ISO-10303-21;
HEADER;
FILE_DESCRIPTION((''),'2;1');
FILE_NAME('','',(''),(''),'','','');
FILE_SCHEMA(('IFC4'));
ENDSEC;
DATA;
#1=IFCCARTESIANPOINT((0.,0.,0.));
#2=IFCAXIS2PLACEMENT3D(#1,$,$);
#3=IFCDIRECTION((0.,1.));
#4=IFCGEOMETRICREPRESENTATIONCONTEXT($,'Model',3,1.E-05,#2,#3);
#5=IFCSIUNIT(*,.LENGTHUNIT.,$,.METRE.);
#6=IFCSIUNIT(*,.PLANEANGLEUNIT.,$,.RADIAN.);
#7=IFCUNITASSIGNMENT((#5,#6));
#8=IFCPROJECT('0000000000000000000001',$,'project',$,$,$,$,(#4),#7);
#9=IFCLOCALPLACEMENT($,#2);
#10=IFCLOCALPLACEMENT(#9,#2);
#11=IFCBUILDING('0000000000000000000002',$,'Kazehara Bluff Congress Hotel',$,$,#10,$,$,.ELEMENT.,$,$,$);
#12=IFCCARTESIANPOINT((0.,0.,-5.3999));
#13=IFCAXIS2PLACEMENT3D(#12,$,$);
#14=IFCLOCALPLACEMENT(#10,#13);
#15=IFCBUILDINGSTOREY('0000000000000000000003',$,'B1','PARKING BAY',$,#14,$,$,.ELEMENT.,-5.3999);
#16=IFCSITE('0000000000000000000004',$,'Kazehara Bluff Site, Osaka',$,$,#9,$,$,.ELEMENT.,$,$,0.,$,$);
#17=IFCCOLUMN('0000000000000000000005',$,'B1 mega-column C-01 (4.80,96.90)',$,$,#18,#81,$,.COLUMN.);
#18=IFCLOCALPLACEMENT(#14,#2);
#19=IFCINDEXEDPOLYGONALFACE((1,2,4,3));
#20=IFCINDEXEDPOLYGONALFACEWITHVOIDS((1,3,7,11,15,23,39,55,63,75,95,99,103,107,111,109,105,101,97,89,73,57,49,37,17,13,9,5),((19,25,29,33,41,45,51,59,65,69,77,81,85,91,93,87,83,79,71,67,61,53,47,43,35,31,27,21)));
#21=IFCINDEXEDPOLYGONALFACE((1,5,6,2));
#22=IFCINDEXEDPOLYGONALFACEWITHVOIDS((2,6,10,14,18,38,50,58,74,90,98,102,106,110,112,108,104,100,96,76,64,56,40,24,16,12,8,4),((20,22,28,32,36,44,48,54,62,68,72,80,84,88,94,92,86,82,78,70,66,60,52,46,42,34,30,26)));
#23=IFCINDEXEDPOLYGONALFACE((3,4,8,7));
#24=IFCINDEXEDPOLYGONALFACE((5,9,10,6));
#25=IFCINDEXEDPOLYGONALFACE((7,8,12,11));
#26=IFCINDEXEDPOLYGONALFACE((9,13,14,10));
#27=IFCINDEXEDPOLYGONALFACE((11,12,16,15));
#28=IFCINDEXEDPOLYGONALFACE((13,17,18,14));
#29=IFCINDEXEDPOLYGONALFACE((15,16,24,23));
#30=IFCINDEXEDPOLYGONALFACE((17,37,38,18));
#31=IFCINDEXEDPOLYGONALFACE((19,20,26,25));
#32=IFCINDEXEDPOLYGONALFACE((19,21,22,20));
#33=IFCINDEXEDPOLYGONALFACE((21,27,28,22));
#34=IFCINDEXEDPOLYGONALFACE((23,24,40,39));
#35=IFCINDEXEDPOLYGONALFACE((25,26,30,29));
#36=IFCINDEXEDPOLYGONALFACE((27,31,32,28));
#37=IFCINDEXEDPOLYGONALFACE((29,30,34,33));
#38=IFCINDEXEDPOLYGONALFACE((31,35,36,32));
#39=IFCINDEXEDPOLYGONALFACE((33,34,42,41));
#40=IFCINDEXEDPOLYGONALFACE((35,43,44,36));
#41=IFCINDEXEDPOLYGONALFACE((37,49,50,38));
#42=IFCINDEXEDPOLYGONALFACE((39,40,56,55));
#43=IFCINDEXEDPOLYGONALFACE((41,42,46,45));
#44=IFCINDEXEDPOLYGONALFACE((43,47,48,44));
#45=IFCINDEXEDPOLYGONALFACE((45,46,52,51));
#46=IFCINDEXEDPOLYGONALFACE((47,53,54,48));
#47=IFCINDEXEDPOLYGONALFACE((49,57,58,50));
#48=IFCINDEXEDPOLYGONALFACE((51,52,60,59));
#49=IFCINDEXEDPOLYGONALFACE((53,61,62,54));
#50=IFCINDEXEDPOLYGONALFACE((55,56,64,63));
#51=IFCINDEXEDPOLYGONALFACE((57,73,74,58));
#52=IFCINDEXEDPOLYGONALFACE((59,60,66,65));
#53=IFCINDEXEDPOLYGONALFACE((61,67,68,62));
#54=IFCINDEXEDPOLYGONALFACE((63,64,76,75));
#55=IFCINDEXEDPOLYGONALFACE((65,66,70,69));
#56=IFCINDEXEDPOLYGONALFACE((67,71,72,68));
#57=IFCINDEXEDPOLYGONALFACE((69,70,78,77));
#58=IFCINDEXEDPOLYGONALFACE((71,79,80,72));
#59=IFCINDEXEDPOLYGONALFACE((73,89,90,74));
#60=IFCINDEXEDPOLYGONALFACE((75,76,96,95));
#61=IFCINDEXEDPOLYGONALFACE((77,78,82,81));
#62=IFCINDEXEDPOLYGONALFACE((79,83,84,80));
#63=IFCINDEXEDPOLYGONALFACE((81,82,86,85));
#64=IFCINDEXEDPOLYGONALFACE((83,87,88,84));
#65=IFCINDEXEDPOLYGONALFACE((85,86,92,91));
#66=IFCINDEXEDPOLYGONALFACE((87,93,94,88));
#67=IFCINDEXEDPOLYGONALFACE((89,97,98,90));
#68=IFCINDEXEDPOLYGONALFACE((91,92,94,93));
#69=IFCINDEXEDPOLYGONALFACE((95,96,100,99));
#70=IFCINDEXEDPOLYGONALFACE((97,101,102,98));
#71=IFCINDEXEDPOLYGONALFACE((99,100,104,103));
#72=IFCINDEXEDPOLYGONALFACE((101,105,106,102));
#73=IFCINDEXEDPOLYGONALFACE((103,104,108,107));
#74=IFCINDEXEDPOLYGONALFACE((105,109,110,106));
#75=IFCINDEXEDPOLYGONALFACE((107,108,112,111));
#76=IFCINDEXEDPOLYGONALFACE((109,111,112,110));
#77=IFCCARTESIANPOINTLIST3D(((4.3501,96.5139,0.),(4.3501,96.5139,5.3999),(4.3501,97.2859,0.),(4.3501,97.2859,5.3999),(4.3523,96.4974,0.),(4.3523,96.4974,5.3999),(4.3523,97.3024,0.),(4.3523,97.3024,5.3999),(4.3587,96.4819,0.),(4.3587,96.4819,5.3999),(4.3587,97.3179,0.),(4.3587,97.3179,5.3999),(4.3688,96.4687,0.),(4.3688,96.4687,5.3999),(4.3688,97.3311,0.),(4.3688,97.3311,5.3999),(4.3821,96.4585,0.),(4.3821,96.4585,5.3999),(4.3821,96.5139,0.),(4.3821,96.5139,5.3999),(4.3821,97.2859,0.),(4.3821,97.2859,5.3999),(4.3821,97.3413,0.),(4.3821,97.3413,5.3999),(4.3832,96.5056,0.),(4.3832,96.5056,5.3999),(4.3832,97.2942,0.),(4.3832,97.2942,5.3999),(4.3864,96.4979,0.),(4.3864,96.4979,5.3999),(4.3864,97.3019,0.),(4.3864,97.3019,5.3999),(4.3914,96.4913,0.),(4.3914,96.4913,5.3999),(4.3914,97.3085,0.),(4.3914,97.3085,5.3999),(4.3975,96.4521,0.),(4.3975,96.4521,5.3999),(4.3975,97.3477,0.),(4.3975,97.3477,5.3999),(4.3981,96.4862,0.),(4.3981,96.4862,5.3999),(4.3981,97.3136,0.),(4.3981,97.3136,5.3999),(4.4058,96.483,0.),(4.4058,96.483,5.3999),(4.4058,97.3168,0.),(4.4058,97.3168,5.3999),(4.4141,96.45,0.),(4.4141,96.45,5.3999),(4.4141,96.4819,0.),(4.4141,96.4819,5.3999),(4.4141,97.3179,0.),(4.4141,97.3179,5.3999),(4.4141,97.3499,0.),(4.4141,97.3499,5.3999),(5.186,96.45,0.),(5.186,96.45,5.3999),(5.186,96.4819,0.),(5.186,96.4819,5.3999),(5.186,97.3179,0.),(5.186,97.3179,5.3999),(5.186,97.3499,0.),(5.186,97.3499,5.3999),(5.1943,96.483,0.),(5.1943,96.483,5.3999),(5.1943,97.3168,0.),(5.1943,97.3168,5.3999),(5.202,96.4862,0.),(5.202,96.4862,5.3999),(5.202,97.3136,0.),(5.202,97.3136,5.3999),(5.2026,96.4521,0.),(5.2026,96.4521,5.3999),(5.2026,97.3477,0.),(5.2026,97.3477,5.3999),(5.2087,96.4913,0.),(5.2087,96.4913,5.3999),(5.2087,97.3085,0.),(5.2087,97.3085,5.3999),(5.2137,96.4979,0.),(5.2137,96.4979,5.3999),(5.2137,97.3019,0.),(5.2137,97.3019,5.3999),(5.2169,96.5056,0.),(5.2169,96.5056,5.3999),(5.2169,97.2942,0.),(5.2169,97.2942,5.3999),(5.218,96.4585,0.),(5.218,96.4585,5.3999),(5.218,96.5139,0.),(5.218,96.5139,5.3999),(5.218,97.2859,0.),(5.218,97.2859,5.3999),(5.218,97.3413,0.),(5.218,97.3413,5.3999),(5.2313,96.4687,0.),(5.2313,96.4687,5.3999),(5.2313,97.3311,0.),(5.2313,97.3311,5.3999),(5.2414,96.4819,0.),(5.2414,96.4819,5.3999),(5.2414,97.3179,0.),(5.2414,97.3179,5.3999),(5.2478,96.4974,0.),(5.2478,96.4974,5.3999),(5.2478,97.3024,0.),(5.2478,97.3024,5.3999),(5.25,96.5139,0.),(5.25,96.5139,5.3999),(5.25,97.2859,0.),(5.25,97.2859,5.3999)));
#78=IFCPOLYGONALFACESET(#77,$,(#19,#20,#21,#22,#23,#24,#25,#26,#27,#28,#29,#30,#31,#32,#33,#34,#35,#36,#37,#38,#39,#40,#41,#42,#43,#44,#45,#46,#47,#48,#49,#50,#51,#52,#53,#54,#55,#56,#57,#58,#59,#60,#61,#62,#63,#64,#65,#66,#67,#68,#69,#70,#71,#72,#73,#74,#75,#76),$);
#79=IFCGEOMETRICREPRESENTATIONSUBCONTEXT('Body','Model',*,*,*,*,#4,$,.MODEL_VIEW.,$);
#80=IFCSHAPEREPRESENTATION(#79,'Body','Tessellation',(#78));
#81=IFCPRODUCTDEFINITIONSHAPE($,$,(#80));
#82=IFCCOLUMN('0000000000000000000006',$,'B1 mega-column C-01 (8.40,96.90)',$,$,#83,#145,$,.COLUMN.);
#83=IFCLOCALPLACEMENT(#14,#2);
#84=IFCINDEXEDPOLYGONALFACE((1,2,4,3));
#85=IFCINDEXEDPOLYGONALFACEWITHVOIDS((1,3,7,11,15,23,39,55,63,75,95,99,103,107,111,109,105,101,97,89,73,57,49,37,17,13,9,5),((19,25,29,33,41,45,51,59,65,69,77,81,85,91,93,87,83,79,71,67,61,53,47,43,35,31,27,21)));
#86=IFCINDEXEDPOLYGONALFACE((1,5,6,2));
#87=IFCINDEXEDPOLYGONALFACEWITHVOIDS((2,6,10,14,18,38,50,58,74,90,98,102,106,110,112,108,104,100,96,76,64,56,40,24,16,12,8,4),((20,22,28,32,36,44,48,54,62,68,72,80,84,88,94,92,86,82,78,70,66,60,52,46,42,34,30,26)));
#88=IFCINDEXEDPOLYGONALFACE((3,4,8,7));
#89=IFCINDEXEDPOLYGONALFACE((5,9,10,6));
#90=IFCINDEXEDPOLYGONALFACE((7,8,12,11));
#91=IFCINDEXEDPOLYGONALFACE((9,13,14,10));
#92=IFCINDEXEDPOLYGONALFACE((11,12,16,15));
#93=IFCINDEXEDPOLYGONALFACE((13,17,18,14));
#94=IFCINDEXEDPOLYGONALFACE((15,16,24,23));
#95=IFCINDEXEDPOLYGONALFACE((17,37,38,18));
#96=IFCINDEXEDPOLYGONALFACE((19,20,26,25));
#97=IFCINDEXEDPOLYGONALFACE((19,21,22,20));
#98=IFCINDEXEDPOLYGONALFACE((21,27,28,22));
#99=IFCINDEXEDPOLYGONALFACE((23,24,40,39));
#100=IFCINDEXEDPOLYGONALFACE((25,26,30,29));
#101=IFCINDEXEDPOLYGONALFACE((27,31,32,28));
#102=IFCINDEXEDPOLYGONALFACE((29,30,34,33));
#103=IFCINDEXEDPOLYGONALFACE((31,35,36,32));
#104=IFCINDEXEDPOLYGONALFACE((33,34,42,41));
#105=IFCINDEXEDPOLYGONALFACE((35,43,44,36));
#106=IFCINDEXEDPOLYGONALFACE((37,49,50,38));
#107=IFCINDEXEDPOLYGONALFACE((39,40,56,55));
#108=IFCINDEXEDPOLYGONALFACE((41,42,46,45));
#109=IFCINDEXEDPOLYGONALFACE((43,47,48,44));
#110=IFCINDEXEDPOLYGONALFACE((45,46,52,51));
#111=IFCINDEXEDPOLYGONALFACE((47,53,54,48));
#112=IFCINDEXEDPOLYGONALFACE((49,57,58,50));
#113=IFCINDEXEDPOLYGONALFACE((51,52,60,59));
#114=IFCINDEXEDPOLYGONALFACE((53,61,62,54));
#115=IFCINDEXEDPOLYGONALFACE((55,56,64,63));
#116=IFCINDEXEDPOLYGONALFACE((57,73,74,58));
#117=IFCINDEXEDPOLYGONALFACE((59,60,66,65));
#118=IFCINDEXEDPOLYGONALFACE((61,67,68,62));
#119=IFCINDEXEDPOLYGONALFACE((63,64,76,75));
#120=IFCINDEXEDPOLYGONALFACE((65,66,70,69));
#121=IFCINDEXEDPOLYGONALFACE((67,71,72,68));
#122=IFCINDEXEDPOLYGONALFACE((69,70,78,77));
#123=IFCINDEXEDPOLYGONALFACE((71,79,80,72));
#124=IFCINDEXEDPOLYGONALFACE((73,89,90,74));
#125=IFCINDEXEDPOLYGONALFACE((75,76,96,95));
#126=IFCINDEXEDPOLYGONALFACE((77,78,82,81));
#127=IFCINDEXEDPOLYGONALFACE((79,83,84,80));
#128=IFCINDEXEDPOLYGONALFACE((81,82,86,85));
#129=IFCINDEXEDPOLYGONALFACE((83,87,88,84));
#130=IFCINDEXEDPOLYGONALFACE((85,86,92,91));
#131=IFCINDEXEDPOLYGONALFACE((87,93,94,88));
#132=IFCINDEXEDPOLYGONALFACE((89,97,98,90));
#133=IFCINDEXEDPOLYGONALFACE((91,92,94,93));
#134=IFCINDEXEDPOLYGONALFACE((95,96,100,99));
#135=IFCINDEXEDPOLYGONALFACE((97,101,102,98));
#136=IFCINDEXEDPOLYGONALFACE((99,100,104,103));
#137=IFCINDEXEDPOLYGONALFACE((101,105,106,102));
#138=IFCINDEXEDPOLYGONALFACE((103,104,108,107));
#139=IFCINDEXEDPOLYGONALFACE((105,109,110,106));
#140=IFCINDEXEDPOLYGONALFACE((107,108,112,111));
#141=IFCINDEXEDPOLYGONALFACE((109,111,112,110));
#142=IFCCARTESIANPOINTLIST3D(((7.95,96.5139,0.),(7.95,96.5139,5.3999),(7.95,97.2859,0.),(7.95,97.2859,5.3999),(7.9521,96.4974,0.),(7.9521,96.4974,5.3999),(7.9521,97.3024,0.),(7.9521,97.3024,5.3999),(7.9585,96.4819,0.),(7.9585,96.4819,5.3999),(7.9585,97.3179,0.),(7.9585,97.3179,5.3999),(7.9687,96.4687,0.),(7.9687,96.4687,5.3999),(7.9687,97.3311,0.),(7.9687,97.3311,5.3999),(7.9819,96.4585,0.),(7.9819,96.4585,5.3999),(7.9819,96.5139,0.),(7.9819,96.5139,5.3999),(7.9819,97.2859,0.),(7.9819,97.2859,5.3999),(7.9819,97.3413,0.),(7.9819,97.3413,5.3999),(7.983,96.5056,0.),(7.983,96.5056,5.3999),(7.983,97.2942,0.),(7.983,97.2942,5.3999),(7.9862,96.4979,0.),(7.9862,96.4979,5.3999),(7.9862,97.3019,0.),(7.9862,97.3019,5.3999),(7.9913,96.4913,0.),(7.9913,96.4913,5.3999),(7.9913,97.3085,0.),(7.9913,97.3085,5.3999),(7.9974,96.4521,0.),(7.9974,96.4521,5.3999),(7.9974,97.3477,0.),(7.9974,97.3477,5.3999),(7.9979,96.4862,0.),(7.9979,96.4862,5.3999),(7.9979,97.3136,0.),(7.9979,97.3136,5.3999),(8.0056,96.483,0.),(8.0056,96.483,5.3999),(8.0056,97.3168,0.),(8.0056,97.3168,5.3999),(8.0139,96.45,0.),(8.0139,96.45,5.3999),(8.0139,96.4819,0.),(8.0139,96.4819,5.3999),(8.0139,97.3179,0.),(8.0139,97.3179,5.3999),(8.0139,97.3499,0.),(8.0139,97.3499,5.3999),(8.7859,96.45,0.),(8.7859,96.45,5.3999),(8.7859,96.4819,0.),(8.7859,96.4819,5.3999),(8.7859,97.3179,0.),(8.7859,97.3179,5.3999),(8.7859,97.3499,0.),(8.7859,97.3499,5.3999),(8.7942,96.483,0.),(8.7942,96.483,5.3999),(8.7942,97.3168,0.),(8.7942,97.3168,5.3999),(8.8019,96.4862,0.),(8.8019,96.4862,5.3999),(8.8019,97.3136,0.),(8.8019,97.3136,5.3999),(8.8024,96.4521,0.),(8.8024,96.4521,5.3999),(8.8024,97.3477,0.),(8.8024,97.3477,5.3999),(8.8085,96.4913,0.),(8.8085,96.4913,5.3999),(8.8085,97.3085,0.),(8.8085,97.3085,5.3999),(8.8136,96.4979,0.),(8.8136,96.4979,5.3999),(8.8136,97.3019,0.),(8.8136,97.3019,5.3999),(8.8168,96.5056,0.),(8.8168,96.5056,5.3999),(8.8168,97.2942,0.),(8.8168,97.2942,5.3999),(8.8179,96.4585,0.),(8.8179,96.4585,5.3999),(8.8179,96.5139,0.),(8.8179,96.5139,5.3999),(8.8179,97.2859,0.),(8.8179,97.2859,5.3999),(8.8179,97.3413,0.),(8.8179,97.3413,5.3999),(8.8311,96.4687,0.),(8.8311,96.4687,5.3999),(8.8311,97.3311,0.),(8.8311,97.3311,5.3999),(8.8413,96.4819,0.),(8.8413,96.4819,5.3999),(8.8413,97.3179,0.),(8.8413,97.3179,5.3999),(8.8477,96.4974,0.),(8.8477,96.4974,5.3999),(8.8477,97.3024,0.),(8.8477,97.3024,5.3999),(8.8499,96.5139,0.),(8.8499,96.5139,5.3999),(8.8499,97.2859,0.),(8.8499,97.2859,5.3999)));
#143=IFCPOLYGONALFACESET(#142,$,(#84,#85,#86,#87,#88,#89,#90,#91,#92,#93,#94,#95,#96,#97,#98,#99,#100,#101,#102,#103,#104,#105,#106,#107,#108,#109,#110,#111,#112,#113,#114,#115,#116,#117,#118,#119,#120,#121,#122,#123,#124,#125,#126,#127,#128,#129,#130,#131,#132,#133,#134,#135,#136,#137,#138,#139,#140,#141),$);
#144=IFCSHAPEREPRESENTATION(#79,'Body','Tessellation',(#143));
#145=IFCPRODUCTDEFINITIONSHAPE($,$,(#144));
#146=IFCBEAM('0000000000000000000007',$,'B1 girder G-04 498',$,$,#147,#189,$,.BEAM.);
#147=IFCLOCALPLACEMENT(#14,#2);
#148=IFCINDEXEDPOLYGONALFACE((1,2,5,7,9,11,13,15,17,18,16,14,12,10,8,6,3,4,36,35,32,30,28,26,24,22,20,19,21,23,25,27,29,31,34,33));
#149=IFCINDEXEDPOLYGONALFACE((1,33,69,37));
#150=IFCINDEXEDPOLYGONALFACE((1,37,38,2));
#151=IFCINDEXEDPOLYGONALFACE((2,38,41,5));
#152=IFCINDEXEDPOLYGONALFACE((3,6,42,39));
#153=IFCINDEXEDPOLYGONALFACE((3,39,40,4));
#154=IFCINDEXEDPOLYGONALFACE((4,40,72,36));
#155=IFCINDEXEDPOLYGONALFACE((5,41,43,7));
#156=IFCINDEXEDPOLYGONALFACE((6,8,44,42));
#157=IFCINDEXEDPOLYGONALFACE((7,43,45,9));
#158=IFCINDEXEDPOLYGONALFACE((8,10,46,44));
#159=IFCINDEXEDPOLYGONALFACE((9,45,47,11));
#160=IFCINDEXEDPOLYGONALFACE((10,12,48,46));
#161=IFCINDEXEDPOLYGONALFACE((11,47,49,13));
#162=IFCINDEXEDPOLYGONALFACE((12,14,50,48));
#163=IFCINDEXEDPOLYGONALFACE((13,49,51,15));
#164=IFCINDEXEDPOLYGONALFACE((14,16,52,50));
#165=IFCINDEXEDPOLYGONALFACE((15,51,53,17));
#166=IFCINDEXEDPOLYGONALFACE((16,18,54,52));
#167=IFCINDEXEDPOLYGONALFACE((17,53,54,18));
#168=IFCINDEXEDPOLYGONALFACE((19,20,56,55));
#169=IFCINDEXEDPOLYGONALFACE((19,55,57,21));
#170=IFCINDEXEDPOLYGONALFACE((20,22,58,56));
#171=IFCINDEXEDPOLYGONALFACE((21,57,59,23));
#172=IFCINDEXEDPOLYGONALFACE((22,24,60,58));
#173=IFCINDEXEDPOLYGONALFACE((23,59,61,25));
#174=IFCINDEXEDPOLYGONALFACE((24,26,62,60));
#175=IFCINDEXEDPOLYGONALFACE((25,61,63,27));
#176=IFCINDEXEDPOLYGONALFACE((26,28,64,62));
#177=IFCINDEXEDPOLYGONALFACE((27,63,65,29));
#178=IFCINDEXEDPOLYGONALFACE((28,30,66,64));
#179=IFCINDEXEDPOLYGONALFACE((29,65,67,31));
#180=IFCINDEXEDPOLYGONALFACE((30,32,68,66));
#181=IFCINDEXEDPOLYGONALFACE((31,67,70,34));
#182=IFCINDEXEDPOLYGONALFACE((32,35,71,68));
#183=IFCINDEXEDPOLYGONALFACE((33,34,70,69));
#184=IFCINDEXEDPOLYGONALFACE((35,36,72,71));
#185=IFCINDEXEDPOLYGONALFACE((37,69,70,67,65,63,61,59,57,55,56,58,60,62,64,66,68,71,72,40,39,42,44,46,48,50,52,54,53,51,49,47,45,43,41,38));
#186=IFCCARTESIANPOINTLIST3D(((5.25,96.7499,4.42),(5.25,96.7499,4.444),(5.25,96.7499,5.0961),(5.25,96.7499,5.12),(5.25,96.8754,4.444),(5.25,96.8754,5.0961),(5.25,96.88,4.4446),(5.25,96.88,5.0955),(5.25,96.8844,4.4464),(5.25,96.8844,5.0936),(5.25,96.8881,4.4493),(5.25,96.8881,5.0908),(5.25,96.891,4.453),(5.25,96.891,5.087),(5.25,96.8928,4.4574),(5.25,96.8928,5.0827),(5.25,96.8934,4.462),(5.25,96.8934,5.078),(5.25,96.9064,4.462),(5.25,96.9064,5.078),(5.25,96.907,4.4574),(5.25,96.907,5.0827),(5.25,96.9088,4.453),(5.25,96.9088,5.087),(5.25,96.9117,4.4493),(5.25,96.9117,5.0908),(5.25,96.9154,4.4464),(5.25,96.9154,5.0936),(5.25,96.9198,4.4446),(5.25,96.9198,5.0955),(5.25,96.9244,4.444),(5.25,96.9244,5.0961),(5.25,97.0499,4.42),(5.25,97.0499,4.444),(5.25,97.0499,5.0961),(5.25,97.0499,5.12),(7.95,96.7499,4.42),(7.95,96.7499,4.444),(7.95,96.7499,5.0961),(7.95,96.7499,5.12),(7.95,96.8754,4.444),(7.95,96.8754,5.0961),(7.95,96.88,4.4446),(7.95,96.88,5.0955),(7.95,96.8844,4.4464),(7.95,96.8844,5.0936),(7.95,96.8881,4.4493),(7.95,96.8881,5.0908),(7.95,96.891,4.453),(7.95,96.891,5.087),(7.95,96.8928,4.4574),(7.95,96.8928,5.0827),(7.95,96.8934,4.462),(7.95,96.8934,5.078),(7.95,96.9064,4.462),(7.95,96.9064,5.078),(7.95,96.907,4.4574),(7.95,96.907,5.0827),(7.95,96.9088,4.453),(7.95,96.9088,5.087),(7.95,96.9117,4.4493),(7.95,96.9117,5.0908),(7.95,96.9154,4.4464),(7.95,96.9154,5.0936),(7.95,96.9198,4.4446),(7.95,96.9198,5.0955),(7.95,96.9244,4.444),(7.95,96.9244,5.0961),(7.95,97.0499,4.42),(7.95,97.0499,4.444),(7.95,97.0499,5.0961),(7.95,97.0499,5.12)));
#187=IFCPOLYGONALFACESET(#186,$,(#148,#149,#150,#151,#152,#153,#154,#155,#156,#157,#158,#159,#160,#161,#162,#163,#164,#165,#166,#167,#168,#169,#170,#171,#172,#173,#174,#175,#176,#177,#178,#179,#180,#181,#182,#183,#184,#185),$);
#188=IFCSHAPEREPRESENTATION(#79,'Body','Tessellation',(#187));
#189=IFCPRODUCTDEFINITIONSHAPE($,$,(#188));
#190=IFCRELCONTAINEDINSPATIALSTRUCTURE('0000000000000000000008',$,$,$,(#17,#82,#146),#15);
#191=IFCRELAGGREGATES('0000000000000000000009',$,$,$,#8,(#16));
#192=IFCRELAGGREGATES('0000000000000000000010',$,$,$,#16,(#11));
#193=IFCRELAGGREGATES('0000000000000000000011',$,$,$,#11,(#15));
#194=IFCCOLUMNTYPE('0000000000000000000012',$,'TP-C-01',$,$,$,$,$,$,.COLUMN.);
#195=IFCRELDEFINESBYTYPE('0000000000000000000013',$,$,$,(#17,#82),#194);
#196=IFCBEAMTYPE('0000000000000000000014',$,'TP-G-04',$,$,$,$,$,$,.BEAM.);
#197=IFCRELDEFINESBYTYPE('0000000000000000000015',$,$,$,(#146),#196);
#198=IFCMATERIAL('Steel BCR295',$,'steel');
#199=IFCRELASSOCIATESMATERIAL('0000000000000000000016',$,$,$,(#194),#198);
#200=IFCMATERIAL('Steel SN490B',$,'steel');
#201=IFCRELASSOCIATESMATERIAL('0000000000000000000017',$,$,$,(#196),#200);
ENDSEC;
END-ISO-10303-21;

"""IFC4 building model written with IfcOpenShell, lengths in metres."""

from ifc_helpers import new_model, si_unit, direction, frame, origin, origin_2d, place, context, subcontext, project, spatial, hollow_rectangle, i_section, extrude, material, material_profile, profile_set, type_object, element, save


model = new_model("IFC4")

# Units and contexts
model_context = context("Model", 3, precision=1e-05, world=origin(), true_north=direction((0.0, 1.0)))
body_context = subcontext(model_context, "Body", "Model", "MODEL_VIEW")
ifc_project = project(units=[si_unit("LENGTHUNIT", "METRE"), si_unit("PLANEANGLEUNIT", "RADIAN")], contexts=[model_context])

# Site, building, storey
site_placement = place(None, origin())
site = spatial("IfcSite", under=ifc_project, at=site_placement, Name="Kazehara Bluff Site, Osaka", CompositionType="ELEMENT", RefElevation=0.0)
building_placement = place(site_placement, origin())
building = spatial("IfcBuilding", under=site, at=building_placement, Name="Kazehara Bluff Congress Hotel", CompositionType="ELEMENT")
storey_placement = place(building_placement, frame((0.0, 0.0, -5.3999)))
storey = spatial("IfcBuildingStorey", under=building, at=storey_placement, Name="B1", Description="PARKING BAY", CompositionType="ELEMENT", Elevation=-5.3999)

# Columns
ifc_material_1 = material(Name="Steel BCR295", Category="steel")
ifc_material_profile_1 = material_profile(ifc_material_1, hollow_rectangle(XDim=0.8999, YDim=0.8999, WallThickness=0.032, InnerFilletRadius=0.032, OuterFilletRadius=0.064, at=origin_2d()))
ifc_profile_set_1 = profile_set([ifc_material_profile_1], Name="Steel BCR295")
column_type = type_object("IfcColumnType", Name="TP-C-01", PredefinedType="COLUMN", material=ifc_profile_set_1)
for number, where, z_axis, x_axis, name in (
    (1, (4.8, 96.8999, 0.0), (0.0, 0.0, 1.0), (1.0, 0.0, 0.0), "B1 mega-column C-01 (4.80,96.90)"),
    (2, (8.3999, 96.8999, 0.0), (0.0, 0.0, 1.0), (1.0, 0.0, 0.0), "B1 mega-column C-01 (8.40,96.90)"),
):
    element("IfcColumn", number, at=place(storey_placement, frame(where, z_axis=z_axis, x_axis=x_axis)), inside=storey, type_object=column_type, Name=name, PredefinedType="COLUMN", context=body_context, shape_type="SweptSolid", body=[
        extrude(hollow_rectangle(XDim=0.8999, YDim=0.8999, WallThickness=0.032, InnerFilletRadius=0.032, OuterFilletRadius=0.064, at=origin_2d()), origin(), (0.0, 0.0, 1.0), 5.3999),
    ])

# Beam
ifc_material_2 = material(Name="Steel SN490B", Category="steel")
ifc_material_profile_2 = material_profile(ifc_material_2, i_section(OverallWidth=0.3, OverallDepth=0.7, WebThickness=0.0129, FlangeThickness=0.0239, FilletRadius=0.0181, at=origin_2d()))
ifc_profile_set_2 = profile_set([ifc_material_profile_2], Name="Steel SN490B")
beam_type_1 = type_object("IfcBeamType", Name="TP-G-04", PredefinedType="BEAM", material=ifc_profile_set_2)
beam_1_placement = place(storey_placement, frame((5.25, 96.8999, 4.77), z_axis=(1.0, 0.0, 0.0), x_axis=(0.0, 1.0, 0.0)))
element("IfcBeam", 3, at=beam_1_placement, inside=storey, type_object=beam_type_1, Name="B1 girder G-04 498", PredefinedType="BEAM", context=body_context, shape_type="SweptSolid", body=[
    extrude(i_section(OverallWidth=0.3, OverallDepth=0.7, WebThickness=0.0129, FlangeThickness=0.0239, FilletRadius=0.0181, at=origin_2d()), origin(), (0.0, 0.0, 1.0), 2.7),
])

save(model, "model.ifc")
